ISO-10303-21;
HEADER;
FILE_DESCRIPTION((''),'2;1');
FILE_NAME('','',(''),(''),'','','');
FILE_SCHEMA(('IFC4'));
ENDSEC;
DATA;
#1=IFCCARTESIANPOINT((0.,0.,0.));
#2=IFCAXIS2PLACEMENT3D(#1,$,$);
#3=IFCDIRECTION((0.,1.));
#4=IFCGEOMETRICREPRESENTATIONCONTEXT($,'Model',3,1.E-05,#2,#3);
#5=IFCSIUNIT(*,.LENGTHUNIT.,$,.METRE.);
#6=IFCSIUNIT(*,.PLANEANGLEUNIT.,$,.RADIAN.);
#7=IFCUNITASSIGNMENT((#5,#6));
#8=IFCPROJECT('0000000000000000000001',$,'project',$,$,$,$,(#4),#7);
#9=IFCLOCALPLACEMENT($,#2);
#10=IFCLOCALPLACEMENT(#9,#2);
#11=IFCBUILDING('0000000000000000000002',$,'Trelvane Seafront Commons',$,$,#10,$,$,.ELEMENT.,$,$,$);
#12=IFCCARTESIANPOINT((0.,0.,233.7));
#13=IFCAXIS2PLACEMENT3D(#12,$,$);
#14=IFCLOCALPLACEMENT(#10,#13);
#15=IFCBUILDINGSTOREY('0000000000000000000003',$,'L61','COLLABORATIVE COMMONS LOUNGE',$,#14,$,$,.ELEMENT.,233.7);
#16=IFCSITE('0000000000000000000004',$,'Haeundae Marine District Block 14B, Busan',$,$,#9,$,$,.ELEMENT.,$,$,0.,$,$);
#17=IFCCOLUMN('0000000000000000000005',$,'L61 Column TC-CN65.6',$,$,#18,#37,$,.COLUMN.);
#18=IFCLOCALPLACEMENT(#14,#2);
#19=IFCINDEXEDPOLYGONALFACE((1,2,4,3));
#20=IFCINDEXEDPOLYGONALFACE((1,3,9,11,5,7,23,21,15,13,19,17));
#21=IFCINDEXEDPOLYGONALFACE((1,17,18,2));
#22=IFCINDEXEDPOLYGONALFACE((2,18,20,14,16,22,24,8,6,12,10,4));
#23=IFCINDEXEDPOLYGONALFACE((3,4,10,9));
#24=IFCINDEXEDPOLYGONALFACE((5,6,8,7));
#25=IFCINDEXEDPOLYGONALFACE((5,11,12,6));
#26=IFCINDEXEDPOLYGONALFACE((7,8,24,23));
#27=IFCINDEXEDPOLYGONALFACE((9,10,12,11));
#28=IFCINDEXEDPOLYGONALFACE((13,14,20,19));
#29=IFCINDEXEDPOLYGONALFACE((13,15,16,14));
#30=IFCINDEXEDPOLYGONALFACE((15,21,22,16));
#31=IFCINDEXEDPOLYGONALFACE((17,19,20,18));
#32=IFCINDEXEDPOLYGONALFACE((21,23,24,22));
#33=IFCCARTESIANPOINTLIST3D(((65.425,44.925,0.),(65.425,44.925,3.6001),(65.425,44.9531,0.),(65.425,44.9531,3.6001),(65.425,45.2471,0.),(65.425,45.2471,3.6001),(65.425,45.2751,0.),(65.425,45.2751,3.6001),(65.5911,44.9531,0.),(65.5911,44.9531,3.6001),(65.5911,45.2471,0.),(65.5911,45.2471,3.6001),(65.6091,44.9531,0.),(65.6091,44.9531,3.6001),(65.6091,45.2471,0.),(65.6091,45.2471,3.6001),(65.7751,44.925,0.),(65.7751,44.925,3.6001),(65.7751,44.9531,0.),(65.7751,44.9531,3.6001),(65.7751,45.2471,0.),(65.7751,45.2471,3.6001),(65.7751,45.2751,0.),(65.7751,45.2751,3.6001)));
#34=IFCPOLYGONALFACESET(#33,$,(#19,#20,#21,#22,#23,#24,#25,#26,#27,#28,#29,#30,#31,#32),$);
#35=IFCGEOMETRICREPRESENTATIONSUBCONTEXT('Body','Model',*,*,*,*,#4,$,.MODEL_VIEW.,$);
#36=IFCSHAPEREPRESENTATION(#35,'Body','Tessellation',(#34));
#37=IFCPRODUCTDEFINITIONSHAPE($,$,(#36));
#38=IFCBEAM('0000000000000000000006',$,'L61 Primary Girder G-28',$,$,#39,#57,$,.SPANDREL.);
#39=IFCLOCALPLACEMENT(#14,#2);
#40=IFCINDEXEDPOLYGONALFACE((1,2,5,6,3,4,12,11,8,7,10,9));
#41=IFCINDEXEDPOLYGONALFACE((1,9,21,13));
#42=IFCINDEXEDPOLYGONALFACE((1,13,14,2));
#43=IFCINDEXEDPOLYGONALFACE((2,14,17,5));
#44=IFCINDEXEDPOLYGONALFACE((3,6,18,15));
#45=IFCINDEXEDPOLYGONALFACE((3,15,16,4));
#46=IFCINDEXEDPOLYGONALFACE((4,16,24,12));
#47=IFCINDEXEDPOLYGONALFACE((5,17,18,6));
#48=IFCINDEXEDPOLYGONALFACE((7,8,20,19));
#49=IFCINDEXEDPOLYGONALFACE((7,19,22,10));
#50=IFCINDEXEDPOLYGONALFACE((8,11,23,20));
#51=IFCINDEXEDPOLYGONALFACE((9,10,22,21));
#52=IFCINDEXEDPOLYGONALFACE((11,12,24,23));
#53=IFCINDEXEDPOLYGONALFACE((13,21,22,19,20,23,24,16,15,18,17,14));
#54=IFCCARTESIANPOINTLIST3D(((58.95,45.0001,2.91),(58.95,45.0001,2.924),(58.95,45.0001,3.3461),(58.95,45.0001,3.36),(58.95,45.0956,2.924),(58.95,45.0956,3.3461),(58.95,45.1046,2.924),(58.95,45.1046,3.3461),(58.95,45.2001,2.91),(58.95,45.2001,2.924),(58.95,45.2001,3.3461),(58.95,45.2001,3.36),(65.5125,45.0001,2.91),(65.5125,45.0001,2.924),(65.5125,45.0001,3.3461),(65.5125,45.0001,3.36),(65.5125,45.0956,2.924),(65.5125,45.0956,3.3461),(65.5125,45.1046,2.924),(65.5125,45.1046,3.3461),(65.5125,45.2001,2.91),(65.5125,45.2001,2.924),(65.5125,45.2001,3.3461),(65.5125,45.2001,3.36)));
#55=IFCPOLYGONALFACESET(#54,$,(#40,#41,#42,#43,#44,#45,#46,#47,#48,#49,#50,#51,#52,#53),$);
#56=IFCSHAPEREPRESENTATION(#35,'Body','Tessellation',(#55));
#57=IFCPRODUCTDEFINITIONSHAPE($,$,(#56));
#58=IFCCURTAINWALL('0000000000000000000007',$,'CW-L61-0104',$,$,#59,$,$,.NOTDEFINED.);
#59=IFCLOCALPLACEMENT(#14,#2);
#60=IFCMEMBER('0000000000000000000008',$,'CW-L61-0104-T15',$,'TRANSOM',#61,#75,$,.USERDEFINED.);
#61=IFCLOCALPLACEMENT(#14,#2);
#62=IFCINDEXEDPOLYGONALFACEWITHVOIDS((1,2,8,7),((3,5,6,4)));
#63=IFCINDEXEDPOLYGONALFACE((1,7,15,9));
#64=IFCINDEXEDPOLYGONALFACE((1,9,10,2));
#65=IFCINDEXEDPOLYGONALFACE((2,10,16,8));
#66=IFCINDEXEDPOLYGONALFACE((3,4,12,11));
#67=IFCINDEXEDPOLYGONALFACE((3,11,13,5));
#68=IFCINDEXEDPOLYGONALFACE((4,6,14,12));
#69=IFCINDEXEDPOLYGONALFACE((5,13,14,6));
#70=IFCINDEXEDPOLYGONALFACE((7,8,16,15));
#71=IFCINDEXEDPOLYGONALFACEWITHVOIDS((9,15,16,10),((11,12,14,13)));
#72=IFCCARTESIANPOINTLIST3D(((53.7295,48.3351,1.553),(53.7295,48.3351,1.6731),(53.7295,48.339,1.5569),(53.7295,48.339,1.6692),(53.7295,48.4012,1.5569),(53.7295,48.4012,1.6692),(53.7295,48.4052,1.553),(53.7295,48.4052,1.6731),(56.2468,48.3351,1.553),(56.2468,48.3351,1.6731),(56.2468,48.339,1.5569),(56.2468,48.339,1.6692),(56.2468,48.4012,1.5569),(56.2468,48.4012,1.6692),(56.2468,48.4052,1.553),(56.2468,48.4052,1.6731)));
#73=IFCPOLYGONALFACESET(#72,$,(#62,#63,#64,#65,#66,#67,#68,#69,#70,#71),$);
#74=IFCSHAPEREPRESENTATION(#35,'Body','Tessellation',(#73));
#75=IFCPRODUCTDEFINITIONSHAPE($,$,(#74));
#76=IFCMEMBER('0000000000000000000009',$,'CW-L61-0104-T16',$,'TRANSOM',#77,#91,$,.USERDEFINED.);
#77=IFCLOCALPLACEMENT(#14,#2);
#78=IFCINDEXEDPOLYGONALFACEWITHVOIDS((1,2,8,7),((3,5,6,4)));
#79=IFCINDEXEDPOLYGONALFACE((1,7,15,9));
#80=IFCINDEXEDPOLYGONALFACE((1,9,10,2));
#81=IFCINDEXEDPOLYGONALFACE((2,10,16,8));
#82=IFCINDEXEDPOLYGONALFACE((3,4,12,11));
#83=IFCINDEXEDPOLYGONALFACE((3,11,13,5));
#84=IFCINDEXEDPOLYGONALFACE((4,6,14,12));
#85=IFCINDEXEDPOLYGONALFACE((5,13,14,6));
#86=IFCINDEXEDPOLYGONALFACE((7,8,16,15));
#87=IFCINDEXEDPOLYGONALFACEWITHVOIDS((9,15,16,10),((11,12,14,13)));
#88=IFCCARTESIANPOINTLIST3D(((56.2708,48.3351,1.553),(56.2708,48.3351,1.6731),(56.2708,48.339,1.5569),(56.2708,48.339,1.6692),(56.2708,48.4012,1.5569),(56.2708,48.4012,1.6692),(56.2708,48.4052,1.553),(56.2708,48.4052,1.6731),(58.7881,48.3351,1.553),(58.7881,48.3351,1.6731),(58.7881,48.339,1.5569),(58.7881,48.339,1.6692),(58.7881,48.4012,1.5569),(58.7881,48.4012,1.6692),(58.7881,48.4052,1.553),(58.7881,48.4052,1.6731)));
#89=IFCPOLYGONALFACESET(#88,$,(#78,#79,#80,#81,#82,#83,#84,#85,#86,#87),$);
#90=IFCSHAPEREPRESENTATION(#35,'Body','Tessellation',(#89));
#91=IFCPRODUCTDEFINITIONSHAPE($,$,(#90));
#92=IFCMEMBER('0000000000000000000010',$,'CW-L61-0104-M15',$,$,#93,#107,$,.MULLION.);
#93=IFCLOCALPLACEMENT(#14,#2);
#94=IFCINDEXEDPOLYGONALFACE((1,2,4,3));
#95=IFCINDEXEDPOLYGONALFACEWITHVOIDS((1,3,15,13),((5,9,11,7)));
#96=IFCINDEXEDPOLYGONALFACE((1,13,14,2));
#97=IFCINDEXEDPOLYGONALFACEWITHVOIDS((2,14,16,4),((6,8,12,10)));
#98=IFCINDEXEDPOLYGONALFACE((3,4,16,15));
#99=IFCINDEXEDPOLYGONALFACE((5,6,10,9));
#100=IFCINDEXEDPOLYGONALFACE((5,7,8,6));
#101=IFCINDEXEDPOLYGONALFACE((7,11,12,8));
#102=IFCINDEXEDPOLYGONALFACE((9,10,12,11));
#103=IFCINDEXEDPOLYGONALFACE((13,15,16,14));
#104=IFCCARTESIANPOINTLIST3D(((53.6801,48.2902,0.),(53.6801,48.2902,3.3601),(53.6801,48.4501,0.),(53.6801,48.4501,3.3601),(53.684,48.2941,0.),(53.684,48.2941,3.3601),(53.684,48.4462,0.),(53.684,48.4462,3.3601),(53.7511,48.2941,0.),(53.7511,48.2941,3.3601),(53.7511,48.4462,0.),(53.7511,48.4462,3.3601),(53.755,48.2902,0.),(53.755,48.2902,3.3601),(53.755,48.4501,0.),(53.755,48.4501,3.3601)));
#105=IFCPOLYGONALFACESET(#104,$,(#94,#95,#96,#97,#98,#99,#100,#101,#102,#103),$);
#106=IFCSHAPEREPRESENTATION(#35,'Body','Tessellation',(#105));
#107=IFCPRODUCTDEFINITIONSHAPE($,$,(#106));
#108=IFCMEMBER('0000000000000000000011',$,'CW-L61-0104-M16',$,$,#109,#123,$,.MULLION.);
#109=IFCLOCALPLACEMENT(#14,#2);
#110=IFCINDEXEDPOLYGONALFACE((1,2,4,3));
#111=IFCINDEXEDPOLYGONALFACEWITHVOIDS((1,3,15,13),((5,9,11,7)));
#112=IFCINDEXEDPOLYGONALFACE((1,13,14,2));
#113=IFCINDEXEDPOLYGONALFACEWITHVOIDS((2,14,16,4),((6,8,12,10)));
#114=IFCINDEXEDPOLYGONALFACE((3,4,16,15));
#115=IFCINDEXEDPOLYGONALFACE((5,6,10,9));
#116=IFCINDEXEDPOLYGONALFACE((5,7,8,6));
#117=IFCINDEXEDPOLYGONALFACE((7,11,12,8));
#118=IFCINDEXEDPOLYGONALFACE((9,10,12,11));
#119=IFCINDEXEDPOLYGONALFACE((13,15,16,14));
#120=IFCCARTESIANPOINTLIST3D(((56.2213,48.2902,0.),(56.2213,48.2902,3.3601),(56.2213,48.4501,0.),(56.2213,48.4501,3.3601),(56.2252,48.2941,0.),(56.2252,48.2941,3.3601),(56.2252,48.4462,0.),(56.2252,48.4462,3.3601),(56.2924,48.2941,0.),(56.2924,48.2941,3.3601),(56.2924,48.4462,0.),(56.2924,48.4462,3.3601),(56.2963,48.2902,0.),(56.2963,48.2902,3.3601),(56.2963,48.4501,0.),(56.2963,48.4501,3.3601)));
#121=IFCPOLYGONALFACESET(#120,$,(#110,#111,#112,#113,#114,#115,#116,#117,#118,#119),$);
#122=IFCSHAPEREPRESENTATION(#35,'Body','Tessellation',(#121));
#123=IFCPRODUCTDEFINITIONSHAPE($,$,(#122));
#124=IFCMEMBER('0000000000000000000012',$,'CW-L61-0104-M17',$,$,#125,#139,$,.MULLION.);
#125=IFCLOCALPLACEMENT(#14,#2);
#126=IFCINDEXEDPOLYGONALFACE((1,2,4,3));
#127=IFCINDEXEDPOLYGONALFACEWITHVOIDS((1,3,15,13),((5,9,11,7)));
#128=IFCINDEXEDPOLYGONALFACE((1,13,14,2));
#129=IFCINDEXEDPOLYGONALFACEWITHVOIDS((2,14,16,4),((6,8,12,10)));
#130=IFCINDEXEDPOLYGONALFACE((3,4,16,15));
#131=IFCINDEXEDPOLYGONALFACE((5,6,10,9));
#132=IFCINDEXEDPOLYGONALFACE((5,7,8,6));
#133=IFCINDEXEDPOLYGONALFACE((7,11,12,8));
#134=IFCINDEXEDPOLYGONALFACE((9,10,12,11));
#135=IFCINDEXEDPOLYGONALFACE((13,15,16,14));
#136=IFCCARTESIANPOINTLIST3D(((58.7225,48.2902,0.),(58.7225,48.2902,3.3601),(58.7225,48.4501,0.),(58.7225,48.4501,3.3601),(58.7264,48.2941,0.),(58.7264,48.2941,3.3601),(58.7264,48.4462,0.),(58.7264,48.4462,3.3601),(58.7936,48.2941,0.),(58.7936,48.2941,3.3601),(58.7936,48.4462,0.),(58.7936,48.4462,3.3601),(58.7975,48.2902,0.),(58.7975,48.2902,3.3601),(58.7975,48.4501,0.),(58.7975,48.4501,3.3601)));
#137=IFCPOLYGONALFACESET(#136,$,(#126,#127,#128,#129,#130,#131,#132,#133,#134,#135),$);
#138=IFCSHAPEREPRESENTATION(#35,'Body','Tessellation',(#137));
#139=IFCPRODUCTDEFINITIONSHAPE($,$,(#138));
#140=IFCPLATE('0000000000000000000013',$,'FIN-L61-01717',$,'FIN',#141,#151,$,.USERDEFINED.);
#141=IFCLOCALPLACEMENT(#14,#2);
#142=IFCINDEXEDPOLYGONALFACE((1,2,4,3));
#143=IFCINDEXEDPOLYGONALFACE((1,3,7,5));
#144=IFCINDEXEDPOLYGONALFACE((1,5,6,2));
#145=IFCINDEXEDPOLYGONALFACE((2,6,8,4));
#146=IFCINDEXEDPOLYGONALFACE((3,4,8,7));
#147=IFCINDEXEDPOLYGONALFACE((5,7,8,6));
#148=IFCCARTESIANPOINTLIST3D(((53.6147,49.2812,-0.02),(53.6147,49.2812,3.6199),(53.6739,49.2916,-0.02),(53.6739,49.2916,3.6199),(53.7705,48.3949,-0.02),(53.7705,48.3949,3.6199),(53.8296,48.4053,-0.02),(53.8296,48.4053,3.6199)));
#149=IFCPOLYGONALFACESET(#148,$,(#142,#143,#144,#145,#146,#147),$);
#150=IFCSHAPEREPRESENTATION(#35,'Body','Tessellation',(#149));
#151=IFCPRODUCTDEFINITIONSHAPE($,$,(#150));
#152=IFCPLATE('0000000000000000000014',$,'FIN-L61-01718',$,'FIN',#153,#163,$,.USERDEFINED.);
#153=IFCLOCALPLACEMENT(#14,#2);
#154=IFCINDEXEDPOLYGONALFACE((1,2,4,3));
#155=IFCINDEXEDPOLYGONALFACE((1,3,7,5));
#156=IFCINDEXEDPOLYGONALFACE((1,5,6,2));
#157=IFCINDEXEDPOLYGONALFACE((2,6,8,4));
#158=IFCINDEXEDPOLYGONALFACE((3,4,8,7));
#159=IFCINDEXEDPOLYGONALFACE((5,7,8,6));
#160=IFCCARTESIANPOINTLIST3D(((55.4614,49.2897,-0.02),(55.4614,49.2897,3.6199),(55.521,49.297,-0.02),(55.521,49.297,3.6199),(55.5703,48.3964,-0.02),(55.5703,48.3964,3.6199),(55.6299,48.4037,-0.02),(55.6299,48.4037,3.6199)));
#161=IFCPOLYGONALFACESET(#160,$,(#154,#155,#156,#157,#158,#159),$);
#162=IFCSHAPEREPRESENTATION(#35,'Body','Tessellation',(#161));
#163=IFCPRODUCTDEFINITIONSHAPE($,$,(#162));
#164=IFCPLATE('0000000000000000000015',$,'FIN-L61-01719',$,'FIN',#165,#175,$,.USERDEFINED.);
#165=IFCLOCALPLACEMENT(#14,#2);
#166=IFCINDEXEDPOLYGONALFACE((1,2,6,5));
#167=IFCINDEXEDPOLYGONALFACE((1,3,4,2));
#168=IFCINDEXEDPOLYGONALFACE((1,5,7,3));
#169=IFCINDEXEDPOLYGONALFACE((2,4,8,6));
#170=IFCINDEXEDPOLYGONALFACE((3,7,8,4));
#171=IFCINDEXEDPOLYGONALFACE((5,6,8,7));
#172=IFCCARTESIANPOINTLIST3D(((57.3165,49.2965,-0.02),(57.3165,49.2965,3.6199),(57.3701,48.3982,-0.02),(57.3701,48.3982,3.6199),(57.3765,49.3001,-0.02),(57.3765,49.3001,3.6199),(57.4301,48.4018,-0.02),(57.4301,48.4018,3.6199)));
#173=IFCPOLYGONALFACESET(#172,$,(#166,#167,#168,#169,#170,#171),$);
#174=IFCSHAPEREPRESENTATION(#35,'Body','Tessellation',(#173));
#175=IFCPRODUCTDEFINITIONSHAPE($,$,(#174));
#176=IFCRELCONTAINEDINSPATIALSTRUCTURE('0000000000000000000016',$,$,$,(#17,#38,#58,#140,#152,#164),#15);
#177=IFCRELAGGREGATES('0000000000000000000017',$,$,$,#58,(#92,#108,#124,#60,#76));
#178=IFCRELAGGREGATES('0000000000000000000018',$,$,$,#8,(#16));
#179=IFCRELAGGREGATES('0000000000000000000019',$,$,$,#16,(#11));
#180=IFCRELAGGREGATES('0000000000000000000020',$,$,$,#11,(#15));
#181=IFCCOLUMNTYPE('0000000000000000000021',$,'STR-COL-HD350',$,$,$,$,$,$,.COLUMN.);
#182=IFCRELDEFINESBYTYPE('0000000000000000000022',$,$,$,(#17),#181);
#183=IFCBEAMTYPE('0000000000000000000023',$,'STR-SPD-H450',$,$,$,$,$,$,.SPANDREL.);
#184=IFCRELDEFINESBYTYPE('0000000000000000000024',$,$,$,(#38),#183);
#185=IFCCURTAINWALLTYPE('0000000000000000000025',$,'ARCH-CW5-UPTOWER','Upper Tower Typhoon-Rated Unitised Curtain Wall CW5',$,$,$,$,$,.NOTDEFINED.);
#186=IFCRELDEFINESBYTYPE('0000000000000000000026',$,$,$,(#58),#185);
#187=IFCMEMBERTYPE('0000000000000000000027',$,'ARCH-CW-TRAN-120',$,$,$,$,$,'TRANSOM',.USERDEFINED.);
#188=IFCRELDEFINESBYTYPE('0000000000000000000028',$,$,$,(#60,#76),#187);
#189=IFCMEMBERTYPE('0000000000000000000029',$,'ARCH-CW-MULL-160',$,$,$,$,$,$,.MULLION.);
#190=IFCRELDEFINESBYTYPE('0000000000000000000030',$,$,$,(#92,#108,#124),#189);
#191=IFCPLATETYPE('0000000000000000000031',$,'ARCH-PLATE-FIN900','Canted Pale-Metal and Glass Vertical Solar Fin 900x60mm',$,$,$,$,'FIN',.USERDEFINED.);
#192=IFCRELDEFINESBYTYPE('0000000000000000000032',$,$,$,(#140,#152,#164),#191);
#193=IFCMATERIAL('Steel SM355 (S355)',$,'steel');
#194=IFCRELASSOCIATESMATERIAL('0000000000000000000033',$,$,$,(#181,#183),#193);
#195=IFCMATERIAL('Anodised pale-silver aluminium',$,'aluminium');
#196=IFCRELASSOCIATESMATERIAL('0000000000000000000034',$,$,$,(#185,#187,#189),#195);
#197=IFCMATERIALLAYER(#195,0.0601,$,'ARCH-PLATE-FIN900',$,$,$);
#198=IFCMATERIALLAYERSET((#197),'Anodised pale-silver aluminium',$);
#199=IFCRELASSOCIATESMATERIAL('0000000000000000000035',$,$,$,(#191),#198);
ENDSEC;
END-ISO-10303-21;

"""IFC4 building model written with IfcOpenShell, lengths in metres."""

from ifc_helpers import new_model, si_unit, direction, frame, origin, origin_2d, place, context, subcontext, project, spatial, rectangle, hollow_rectangle, i_section, extrude, source, transform, mapped, material, layer, layer_set, material_profile, profile_set, type_object, element, aggregate, save


model = new_model("IFC4")

# Units and contexts
model_context = context("Model", 3, precision=1e-05, world=origin(), true_north=direction((0.0, 1.0)))
body_context = subcontext(model_context, "Body", "Model", "MODEL_VIEW")
ifc_project = project(units=[si_unit("LENGTHUNIT", "METRE"), si_unit("PLANEANGLEUNIT", "RADIAN")], contexts=[model_context])

# Site, building, storey
site_placement = place(None, origin())
site = spatial("IfcSite", under=ifc_project, at=site_placement, Name="Haeundae Marine District Block 14B, Busan", CompositionType="ELEMENT", RefElevation=0.0)
building_placement = place(site_placement, origin())
building = spatial("IfcBuilding", under=site, at=building_placement, Name="Trelvane Seafront Commons", CompositionType="ELEMENT")
storey_placement = place(building_placement, frame((0.0, 0.0, 233.7)))
storey = spatial("IfcBuildingStorey", under=building, at=storey_placement, Name="L61", Description="COLLABORATIVE COMMONS LOUNGE", CompositionType="ELEMENT", Elevation=233.7)

# Column
ifc_material_1 = material(Name="Steel SM355 (S355)", Category="steel")
ifc_material_profile_1 = material_profile(ifc_material_1, i_section(OverallWidth=0.3501, OverallDepth=0.3501, WebThickness=0.0181, FlangeThickness=0.0281, at=origin_2d()), Name="HD-350x350x18x28")
ifc_profile_set_1 = profile_set([ifc_material_profile_1], Name="Steel SM355 (S355)")
column_type = type_object("IfcColumnType", Name="STR-COL-HD350", PredefinedType="COLUMN", material=ifc_profile_set_1)
shared_shape_1 = source(origin(), body_context, "Body", "SweptSolid", [
    extrude(i_section(OverallWidth=0.3501, OverallDepth=0.3501, WebThickness=0.0181, FlangeThickness=0.0281, at=origin_2d()), origin(), (0.0, 0.0, 1.0), 3.6001),
])
column_placement = place(storey_placement, frame((65.6001, 45.1001, 0.0), z_axis=(0.0, 0.0, 1.0), x_axis=(1.0, 0.0, 0.0)))
element("IfcColumn", 1, at=column_placement, inside=storey, type_object=column_type, Name="L61 Column TC-CN65.6", PredefinedType="COLUMN", context=body_context, shape_type="MappedRepresentation", body=[
    mapped(shared_shape_1, transform((0.0, 0.0, 0.0), x_axis=(1.0, 0.0, 0.0), y_axis=(0.0, 1.0, 0.0), z_axis=(0.0, 0.0, 1.0), scale=1.0)),
])

# Beam
ifc_material_profile_2 = material_profile(ifc_material_1, i_section(OverallWidth=0.2, OverallDepth=0.45, WebThickness=0.009, FlangeThickness=0.0139, at=origin_2d()), Name="H-450x200x9x14")
ifc_profile_set_2 = profile_set([ifc_material_profile_2], Name="Steel SM355 (S355)")
beam_type = type_object("IfcBeamType", Name="STR-SPD-H450", PredefinedType="SPANDREL", material=ifc_profile_set_2)
shared_shape_2 = source(origin(), body_context, "Body", "SweptSolid", [
    extrude(i_section(OverallWidth=0.2, OverallDepth=0.45, WebThickness=0.009, FlangeThickness=0.0139, at=origin_2d()), origin(), (0.0, 0.0, 1.0), 6.5625),
])
beam_placement = place(storey_placement, frame((58.95, 45.1001, 3.135), z_axis=(1.0, 0.0, 0.0), x_axis=(0.0, 1.0, 0.0)))
element("IfcBeam", 2, at=beam_placement, inside=storey, type_object=beam_type, Name="L61 Primary Girder G-28", PredefinedType="SPANDREL", context=body_context, shape_type="MappedRepresentation", body=[
    mapped(shared_shape_2, transform((0.0, 0.0, 0.0), x_axis=(1.0, 0.0, 0.0), y_axis=(0.0, 1.0, 0.0), z_axis=(0.0, 0.0, 1.0), scale=1.0)),
])

# Curtain wall, members
ifc_material_2 = material(Name="Anodised pale-silver aluminium", Category="aluminium")
curtain_wall_type = type_object("IfcCurtainWallType", Name="ARCH-CW5-UPTOWER", Description="Upper Tower Typhoon-Rated Unitised Curtain Wall CW5", PredefinedType="NOTDEFINED", material=ifc_material_2)
curtain_wall_placement = place(storey_placement, origin())
curtain_wall = element("IfcCurtainWall", 3, at=curtain_wall_placement, inside=storey, type_object=curtain_wall_type, Name="CW-L61-0104", PredefinedType="NOTDEFINED")
ifc_material_profile_3 = material_profile(ifc_material_2, hollow_rectangle(XDim=0.0701, YDim=0.1201, WallThickness=0.0039, at=origin_2d()), Name="TRAN-70x120x4")
ifc_profile_set_3 = profile_set([ifc_material_profile_3], Name="Anodised pale-silver aluminium")
member_type_1 = type_object("IfcMemberType", Name="ARCH-CW-TRAN-120", ElementType="TRANSOM", PredefinedType="USERDEFINED", material=ifc_profile_set_3)
shared_shape_3 = source(origin(), body_context, "Body", "SweptSolid", [
    extrude(hollow_rectangle(XDim=0.0701, YDim=0.1201, WallThickness=0.0039, at=origin_2d()), origin(), (0.0, 0.0, 1.0), 2.5173),
])
member_1_placement = place(storey_placement, frame((53.7295, 48.3701, 1.613), z_axis=(1.0, 0.0, 0.0), x_axis=(0.0, 1.0, 0.0)))
member_1 = element("IfcMember", 4, at=member_1_placement, type_object=member_type_1, Name="CW-L61-0104-T15", ObjectType="TRANSOM", PredefinedType="USERDEFINED", context=body_context, shape_type="MappedRepresentation", body=[
    mapped(shared_shape_3, transform((0.0, 0.0, 0.0), x_axis=(1.0, 0.0, 0.0), y_axis=(0.0, 1.0, 0.0), z_axis=(0.0, 0.0, 1.0), scale=1.0)),
])
member_2_placement = place(storey_placement, frame((56.2708, 48.3701, 1.613), z_axis=(1.0, 0.0, 0.0), x_axis=(0.0, 1.0, 0.0)))
member_2 = element("IfcMember", 5, at=member_2_placement, type_object=member_type_1, Name="CW-L61-0104-T16", ObjectType="TRANSOM", PredefinedType="USERDEFINED", context=body_context, shape_type="MappedRepresentation", body=[
    mapped(shared_shape_3, transform((0.0, 0.0, 0.0), x_axis=(1.0, 0.0, 0.0), y_axis=(0.0, 1.0, 0.0), z_axis=(0.0, 0.0, 1.0), scale=1.0)),
])
ifc_material_profile_4 = material_profile(ifc_material_2, hollow_rectangle(XDim=0.075, YDim=0.1599, WallThickness=0.0039, at=origin_2d()), Name="MULL-75x160x4")
ifc_profile_set_4 = profile_set([ifc_material_profile_4], Name="Anodised pale-silver aluminium")
member_type_2 = type_object("IfcMemberType", Name="ARCH-CW-MULL-160", PredefinedType="MULLION", material=ifc_profile_set_4)
shared_shape_4 = source(origin(), body_context, "Body", "SweptSolid", [
    extrude(hollow_rectangle(XDim=0.075, YDim=0.1599, WallThickness=0.0039, at=origin_2d()), origin(), (0.0, 0.0, 1.0), 3.3601),
])
member_3_placement = place(storey_placement, frame((53.7175, 48.3701, 0.0), z_axis=(0.0, 0.0, 1.0), x_axis=(1.0, 0.0, 0.0)))
member_3 = element("IfcMember", 6, at=member_3_placement, type_object=member_type_2, Name="CW-L61-0104-M15", PredefinedType="MULLION", context=body_context, shape_type="MappedRepresentation", body=[
    mapped(shared_shape_4, transform((0.0, 0.0, 0.0), x_axis=(1.0, 0.0, 0.0), y_axis=(0.0, 1.0, 0.0), z_axis=(0.0, 0.0, 1.0), scale=1.0)),
])
member_4_placement = place(storey_placement, frame((56.2588, 48.3701, 0.0), z_axis=(0.0, 0.0, 1.0), x_axis=(1.0, 0.0, 0.0)))
member_4 = element("IfcMember", 7, at=member_4_placement, type_object=member_type_2, Name="CW-L61-0104-M16", PredefinedType="MULLION", context=body_context, shape_type="MappedRepresentation", body=[
    mapped(shared_shape_4, transform((0.0, 0.0, 0.0), x_axis=(1.0, 0.0, 0.0), y_axis=(0.0, 1.0, 0.0), z_axis=(0.0, 0.0, 1.0), scale=1.0)),
])
member_5_placement = place(storey_placement, frame((58.76, 48.3701, 0.0), z_axis=(0.0, 0.0, 1.0), x_axis=(1.0, 0.0, 0.0)))
member_5 = element("IfcMember", 8, at=member_5_placement, type_object=member_type_2, Name="CW-L61-0104-M17", PredefinedType="MULLION", context=body_context, shape_type="MappedRepresentation", body=[
    mapped(shared_shape_4, transform((0.0, 0.0, 0.0), x_axis=(1.0, 0.0, 0.0), y_axis=(0.0, 1.0, 0.0), z_axis=(0.0, 0.0, 1.0), scale=1.0)),
])

# Plates
ifc_layer_1 = layer(ifc_material_2, 0.0601, Name="ARCH-PLATE-FIN900")
ifc_layer_set_1 = layer_set([ifc_layer_1], Name="Anodised pale-silver aluminium")
plate_type_1 = type_object("IfcPlateType", Name="ARCH-PLATE-FIN900", Description="Canted Pale-Metal and Glass Vertical Solar Fin 900x60mm", ElementType="FIN", PredefinedType="USERDEFINED", material=ifc_layer_set_1)
shared_shape_5 = source(origin(), body_context, "Body", "SweptSolid", [
    extrude(rectangle(XDim=0.8999, YDim=0.0601, at=origin_2d()), origin(), (0.0, 0.0, 1.0), 3.6399),
])
for number, where, z_axis, x_axis, name in (
    (9, (53.7222, 48.8433, -0.02), (0.0, 0.0, 1.0), (-0.173114, 0.984902, 0.0), "FIN-L61-01717"),
    (10, (55.5457, 48.8467, -0.02), (0.0, 0.0, 1.0), (-0.120998, 0.992653, 0.0), "FIN-L61-01718"),
    (11, (57.3733, 48.8491, -0.02), (0.0, 0.0, 1.0), (-0.059556, 0.998225, 0.0), "FIN-L61-01719"),
):
    element("IfcPlate", number, at=place(storey_placement, frame(where, z_axis=z_axis, x_axis=x_axis)), inside=storey, type_object=plate_type_1, Name=name, ObjectType="FIN", PredefinedType="USERDEFINED", context=body_context, shape_type="MappedRepresentation", body=[
        mapped(shared_shape_5, transform((0.0, 0.0, 0.0), x_axis=(1.0, 0.0, 0.0), y_axis=(0.0, 1.0, 0.0), z_axis=(0.0, 0.0, 1.0), scale=1.0)),
    ])

aggregate(curtain_wall, [member_3, member_4, member_5, member_1, member_2])

save(model, "model.ifc")
